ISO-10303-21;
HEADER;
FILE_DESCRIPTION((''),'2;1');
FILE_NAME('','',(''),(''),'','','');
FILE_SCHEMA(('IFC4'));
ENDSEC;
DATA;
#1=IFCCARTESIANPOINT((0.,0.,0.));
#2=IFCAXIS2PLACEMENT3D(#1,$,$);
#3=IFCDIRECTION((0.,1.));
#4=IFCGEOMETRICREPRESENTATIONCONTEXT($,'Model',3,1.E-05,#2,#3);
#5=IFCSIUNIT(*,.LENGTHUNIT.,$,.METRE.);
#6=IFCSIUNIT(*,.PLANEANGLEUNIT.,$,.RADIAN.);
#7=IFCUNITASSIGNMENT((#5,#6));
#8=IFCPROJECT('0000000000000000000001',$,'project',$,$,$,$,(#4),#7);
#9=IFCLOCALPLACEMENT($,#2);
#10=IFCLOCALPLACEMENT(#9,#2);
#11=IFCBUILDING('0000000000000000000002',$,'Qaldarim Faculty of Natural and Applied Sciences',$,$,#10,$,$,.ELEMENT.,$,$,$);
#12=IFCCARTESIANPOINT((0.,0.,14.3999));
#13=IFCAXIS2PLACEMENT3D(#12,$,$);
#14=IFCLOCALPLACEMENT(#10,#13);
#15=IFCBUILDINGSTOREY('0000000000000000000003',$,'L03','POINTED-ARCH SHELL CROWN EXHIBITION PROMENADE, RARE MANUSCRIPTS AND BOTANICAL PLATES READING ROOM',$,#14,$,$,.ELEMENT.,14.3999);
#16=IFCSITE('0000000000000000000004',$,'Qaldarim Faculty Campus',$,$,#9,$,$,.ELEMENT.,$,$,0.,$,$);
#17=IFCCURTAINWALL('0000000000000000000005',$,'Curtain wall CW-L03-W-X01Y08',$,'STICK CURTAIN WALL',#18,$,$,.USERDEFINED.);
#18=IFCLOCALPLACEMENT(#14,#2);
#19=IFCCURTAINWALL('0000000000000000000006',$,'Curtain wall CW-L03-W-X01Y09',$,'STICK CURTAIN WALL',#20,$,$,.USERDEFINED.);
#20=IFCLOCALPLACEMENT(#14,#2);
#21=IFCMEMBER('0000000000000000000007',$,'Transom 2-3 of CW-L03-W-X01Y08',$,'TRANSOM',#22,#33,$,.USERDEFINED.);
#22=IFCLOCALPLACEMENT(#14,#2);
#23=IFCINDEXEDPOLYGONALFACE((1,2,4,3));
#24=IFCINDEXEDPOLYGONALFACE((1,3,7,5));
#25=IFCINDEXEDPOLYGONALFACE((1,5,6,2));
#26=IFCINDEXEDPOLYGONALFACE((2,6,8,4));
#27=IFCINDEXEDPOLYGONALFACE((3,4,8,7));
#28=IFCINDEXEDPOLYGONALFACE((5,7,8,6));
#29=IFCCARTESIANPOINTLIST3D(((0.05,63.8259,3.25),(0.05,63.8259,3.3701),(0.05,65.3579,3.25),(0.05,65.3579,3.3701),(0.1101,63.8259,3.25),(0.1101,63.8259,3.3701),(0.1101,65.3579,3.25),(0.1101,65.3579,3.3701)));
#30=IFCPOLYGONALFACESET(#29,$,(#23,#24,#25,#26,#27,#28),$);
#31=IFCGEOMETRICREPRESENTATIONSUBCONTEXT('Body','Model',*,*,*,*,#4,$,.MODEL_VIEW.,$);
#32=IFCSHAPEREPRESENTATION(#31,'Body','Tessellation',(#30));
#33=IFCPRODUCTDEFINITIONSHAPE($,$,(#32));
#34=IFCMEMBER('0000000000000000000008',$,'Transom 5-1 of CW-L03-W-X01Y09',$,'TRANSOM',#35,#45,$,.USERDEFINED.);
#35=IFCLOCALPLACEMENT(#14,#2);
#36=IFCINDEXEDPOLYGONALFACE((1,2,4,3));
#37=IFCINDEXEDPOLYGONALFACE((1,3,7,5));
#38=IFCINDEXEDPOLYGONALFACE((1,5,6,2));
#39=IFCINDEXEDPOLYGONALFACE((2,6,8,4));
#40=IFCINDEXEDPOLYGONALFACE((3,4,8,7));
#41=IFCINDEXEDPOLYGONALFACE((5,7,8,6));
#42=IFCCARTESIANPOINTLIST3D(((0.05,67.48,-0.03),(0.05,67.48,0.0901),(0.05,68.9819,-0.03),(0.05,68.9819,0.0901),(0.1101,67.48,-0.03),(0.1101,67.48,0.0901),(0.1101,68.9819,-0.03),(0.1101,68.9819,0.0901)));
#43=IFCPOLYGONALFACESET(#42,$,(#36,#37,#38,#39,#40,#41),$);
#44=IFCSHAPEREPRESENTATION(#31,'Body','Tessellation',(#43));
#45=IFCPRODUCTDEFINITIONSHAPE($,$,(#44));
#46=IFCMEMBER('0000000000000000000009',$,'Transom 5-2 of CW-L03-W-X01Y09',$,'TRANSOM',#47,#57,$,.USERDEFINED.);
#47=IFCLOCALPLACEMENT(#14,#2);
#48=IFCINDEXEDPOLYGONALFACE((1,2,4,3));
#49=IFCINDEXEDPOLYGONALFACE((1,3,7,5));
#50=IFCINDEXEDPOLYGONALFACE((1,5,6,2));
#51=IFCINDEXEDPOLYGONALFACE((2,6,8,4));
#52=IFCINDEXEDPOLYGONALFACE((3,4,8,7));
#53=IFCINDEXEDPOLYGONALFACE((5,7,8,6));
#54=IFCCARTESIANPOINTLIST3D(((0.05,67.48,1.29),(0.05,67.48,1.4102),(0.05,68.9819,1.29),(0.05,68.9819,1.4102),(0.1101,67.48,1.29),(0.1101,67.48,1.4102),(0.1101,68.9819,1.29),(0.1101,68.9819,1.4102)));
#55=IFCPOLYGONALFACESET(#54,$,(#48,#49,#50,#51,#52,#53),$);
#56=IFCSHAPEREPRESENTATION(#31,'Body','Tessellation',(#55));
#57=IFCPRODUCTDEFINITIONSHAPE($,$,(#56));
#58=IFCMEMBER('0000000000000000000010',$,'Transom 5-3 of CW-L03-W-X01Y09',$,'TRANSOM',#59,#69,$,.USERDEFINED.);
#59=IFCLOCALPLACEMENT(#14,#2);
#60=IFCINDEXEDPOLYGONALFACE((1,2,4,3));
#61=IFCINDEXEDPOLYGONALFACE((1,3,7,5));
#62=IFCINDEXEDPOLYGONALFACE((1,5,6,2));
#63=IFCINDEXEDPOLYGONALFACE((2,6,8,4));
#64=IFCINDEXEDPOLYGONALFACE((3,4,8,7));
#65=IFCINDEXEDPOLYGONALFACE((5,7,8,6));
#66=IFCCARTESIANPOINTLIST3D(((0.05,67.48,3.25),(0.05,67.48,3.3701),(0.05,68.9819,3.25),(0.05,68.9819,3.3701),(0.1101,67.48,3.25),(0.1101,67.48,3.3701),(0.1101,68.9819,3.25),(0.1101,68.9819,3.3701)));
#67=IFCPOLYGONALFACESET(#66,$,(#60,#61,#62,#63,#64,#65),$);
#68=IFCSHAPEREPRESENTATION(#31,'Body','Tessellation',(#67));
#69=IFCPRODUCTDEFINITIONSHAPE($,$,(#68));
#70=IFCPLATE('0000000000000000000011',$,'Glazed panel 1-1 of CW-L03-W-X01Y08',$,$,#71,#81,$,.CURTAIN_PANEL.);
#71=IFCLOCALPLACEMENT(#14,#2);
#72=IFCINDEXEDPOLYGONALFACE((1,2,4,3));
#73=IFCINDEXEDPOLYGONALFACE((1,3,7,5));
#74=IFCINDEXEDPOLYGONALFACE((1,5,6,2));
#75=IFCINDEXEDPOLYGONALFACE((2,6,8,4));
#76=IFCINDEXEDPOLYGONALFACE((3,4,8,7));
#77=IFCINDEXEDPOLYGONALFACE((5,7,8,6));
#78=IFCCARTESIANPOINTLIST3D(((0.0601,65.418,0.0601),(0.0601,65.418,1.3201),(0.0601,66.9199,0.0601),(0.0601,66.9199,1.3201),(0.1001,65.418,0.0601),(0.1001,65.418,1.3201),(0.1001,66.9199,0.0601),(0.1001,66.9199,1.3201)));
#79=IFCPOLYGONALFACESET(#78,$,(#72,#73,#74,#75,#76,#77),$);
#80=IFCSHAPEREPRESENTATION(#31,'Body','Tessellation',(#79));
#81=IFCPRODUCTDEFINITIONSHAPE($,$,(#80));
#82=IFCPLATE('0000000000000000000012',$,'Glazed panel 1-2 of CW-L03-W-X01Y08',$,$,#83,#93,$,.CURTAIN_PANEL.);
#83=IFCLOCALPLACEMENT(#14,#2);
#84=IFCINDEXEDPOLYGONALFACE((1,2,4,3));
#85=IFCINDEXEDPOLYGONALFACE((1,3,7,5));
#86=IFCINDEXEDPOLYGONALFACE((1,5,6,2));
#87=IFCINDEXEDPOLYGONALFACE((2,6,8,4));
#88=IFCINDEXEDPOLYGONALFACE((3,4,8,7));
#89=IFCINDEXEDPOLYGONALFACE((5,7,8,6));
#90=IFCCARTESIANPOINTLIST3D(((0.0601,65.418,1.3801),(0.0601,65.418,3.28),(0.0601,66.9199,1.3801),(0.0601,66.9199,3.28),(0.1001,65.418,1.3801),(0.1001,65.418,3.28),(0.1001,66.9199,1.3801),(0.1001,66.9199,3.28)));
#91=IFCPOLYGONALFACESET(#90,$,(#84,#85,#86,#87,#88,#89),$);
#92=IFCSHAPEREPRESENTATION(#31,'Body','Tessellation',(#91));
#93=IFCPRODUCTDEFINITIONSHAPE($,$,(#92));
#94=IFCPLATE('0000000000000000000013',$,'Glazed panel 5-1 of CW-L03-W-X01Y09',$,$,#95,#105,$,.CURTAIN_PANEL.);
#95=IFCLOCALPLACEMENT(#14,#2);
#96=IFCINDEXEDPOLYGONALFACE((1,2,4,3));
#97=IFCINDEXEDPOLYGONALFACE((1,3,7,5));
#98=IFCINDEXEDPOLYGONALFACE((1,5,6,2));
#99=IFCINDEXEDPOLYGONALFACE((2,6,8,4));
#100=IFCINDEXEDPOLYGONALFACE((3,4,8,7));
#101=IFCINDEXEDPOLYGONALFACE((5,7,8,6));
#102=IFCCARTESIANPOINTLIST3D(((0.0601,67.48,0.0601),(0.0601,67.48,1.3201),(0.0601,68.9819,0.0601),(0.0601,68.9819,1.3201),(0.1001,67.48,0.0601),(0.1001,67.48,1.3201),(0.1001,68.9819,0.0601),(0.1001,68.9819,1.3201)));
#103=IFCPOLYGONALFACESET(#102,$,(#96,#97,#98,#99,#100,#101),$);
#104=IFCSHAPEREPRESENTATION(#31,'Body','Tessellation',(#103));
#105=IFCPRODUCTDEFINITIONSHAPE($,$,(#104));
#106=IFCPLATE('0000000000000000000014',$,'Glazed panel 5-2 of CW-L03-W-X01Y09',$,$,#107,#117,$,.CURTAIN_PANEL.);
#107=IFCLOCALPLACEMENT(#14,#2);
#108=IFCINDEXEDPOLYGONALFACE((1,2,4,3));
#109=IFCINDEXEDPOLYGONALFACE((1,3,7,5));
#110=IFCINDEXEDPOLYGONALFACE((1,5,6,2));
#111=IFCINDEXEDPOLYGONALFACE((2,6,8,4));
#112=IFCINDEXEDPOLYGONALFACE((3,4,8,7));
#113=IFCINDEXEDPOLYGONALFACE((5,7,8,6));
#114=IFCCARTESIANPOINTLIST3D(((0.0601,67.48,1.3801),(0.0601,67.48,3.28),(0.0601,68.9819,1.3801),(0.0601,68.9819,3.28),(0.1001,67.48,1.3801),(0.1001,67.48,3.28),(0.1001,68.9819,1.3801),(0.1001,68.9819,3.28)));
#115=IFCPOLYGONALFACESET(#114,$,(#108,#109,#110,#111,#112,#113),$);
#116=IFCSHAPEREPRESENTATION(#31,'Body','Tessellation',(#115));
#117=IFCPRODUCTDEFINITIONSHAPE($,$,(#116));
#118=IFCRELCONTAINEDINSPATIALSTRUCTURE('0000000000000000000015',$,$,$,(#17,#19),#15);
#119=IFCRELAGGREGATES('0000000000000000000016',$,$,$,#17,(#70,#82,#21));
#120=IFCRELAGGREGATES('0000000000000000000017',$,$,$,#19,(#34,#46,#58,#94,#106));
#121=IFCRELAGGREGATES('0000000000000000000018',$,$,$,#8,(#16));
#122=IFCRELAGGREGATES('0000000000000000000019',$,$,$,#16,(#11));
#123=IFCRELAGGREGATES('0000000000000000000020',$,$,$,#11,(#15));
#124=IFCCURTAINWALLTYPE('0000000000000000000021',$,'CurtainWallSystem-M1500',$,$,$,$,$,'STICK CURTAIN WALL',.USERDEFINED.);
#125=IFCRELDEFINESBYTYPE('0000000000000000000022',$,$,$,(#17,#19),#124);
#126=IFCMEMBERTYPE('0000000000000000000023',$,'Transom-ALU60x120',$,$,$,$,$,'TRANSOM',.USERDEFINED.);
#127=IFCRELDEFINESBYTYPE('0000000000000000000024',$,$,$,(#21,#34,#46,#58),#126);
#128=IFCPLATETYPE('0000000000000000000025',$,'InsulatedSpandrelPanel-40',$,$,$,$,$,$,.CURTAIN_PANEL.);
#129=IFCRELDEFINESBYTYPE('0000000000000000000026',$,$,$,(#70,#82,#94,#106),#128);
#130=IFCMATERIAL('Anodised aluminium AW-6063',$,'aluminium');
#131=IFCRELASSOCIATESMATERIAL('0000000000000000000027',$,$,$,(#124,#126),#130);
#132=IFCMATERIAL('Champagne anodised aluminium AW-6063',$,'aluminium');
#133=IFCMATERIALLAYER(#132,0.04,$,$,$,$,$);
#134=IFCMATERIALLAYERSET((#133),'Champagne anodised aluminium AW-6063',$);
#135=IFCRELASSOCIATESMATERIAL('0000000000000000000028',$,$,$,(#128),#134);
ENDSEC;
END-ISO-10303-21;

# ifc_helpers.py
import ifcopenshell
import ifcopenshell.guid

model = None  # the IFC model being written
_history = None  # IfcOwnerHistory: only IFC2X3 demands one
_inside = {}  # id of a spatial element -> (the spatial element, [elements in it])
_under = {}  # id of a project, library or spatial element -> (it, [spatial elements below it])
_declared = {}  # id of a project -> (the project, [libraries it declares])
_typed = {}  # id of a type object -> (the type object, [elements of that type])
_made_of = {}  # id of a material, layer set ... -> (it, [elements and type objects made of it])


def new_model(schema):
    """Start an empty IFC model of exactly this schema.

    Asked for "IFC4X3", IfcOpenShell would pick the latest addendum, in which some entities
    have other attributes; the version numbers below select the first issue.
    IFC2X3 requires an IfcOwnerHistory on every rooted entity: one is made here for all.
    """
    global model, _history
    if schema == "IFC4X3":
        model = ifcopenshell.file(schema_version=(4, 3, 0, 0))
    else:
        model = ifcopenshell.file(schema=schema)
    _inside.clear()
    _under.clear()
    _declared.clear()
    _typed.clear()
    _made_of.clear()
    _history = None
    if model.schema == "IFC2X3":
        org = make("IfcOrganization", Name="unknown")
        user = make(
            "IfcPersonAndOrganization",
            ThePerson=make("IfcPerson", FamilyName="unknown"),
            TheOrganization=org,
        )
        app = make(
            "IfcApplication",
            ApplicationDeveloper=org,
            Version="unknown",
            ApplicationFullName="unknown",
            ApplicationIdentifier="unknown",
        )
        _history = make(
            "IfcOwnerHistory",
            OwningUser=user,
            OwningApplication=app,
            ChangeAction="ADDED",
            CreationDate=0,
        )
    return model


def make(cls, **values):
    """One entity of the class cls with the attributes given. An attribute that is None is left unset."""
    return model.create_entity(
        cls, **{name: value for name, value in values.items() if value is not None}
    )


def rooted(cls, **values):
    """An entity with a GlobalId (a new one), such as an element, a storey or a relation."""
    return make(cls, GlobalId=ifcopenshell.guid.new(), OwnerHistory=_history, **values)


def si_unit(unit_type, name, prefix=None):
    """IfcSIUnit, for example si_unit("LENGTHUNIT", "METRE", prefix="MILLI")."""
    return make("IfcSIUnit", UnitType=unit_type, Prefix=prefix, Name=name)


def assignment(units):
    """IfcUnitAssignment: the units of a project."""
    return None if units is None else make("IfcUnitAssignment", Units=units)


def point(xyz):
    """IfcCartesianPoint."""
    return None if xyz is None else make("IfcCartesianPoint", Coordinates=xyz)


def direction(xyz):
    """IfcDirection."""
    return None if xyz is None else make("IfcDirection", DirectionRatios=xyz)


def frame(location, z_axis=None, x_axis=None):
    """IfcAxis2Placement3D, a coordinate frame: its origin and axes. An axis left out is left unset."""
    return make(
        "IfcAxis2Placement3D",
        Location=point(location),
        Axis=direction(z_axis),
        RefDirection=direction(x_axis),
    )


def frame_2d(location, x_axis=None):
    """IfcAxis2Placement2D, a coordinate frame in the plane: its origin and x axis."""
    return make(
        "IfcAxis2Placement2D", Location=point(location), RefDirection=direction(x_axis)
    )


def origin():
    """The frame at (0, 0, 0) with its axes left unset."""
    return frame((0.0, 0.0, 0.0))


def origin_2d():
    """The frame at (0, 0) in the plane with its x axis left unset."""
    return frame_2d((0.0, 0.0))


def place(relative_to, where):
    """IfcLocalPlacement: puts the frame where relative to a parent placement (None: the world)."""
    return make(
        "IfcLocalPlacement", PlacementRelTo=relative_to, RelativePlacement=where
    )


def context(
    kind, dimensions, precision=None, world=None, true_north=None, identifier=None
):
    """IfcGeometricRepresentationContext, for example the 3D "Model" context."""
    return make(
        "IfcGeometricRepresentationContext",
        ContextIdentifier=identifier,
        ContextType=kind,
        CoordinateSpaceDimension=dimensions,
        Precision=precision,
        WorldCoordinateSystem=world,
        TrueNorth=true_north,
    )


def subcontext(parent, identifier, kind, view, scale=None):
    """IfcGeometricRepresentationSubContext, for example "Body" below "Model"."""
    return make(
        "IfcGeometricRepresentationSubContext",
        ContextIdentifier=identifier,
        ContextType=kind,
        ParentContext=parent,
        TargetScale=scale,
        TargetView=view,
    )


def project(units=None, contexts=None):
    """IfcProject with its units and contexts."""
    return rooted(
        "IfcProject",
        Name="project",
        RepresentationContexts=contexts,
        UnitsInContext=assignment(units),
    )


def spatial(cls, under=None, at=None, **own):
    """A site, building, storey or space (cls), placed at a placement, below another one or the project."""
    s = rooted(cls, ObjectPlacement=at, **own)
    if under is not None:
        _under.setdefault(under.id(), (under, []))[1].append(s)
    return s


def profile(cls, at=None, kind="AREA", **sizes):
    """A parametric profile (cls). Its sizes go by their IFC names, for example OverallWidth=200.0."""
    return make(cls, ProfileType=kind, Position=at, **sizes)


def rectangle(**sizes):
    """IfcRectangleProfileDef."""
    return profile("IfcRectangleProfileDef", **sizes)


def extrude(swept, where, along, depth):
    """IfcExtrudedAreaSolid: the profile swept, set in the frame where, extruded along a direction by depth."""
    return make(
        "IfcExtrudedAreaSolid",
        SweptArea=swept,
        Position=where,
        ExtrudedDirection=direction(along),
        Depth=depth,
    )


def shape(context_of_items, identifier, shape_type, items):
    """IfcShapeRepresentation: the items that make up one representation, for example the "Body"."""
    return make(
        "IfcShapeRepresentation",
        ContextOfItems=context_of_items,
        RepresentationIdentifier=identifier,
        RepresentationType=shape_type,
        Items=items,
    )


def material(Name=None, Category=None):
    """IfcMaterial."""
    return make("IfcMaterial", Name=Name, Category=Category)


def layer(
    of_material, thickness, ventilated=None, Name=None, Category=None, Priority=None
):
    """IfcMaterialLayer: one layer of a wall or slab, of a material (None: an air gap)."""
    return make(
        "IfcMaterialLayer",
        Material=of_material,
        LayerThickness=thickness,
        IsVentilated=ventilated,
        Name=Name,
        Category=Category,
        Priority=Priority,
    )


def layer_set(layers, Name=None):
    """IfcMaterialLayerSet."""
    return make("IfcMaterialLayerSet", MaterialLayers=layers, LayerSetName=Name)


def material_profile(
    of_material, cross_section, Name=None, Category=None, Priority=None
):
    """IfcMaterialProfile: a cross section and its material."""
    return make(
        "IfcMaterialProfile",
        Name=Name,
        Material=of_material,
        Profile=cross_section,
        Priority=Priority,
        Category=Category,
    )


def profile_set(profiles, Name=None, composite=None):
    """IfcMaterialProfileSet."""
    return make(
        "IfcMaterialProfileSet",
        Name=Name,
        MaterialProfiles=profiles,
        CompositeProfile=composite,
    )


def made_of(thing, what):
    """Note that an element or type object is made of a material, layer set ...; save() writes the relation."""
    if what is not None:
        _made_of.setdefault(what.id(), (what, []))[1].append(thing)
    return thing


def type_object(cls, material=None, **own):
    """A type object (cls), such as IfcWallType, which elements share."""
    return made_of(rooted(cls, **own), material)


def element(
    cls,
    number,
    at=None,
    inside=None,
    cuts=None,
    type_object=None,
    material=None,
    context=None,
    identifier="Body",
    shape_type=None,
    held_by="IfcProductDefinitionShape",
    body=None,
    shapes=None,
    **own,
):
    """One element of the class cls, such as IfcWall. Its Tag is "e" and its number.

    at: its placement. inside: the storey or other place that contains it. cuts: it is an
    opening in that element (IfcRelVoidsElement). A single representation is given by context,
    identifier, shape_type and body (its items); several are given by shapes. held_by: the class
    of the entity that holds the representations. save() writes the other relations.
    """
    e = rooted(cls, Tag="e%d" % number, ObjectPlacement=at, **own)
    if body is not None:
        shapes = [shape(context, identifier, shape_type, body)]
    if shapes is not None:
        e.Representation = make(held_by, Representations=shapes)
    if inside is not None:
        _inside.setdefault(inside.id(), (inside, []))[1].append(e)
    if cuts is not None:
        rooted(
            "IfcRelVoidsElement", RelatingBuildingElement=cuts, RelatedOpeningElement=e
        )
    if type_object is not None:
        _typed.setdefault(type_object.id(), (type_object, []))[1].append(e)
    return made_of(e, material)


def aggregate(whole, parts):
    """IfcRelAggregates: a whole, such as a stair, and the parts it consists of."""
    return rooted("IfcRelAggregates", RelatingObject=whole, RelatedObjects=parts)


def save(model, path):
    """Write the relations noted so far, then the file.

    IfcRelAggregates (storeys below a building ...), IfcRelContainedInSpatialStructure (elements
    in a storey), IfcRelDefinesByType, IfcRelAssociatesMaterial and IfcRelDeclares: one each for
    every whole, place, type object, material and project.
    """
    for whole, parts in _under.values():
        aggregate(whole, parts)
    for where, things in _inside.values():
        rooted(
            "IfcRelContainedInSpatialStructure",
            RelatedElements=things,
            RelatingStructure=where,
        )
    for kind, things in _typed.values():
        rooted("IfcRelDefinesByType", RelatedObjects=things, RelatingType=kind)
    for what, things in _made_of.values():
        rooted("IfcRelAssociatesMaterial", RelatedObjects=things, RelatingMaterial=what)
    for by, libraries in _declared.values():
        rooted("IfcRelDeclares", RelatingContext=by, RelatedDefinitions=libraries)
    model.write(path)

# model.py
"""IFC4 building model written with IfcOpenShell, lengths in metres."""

from ifc_helpers import new_model, si_unit, direction, frame, origin, origin_2d, place, context, subcontext, project, spatial, rectangle, extrude, material, layer, layer_set, material_profile, profile_set, type_object, element, aggregate, save


model = new_model("IFC4")

# Units and contexts
model_context = context("Model", 3, precision=1e-05, world=origin(), true_north=direction((0.0, 1.0)))
body_context = subcontext(model_context, "Body", "Model", "MODEL_VIEW")
ifc_project = project(units=[si_unit("LENGTHUNIT", "METRE"), si_unit("PLANEANGLEUNIT", "RADIAN")], contexts=[model_context])

# Site, building, storey
site_placement = place(None, origin())
site = spatial("IfcSite", under=ifc_project, at=site_placement, Name="Qaldarim Faculty Campus", CompositionType="ELEMENT", RefElevation=0.0)
building_placement = place(site_placement, origin())
building = spatial("IfcBuilding", under=site, at=building_placement, Name="Qaldarim Faculty of Natural and Applied Sciences", CompositionType="ELEMENT")
storey_placement = place(building_placement, frame((0.0, 0.0, 14.3999)))
storey = spatial("IfcBuildingStorey", under=building, at=storey_placement, Name="L03", Description="POINTED-ARCH SHELL CROWN EXHIBITION PROMENADE, RARE MANUSCRIPTS AND BOTANICAL PLATES READING ROOM", CompositionType="ELEMENT", Elevation=14.3999)

# Curtain walls
ifc_material_1 = material(Name="Anodised aluminium AW-6063", Category="aluminium")
curtain_wall_type = type_object("IfcCurtainWallType", Name="CurtainWallSystem-M1500", ElementType="STICK CURTAIN WALL", PredefinedType="USERDEFINED", material=ifc_material_1)
curtain_wall_1_placement = place(storey_placement, origin())
curtain_wall_1 = element("IfcCurtainWall", 1, at=curtain_wall_1_placement, inside=storey, type_object=curtain_wall_type, Name="Curtain wall CW-L03-W-X01Y08", ObjectType="STICK CURTAIN WALL", PredefinedType="USERDEFINED")
curtain_wall_2_placement = place(storey_placement, origin())
curtain_wall_2 = element("IfcCurtainWall", 2, at=curtain_wall_2_placement, inside=storey, type_object=curtain_wall_type, Name="Curtain wall CW-L03-W-X01Y09", ObjectType="STICK CURTAIN WALL", PredefinedType="USERDEFINED")

# Members
ifc_material_profile_1 = material_profile(ifc_material_1, rectangle(XDim=0.0601, YDim=0.1201, at=origin_2d()), Name="ALU-T60x120")
ifc_profile_set_1 = profile_set([ifc_material_profile_1], Name="Anodised aluminium AW-6063")
member_type_1 = type_object("IfcMemberType", Name="Transom-ALU60x120", ElementType="TRANSOM", PredefinedType="USERDEFINED", material=ifc_profile_set_1)
member_1_placement = place(storey_placement, frame((0.0801, 65.3579, 3.3101), z_axis=(0.0, -1.0, 0.0), x_axis=(1.0, 0.0, 0.0)))
member_1 = element("IfcMember", 3, at=member_1_placement, type_object=member_type_1, Name="Transom 2-3 of CW-L03-W-X01Y08", ObjectType="TRANSOM", PredefinedType="USERDEFINED", context=body_context, shape_type="SweptSolid", body=[
    extrude(rectangle(XDim=0.0601, YDim=0.1201, at=origin_2d()), origin(), (0.0, 0.0, 1.0), 1.532),
])
member_2_placement = place(storey_placement, frame((0.0801, 68.9819, 0.03), z_axis=(0.0, -1.0, 0.0), x_axis=(1.0, 0.0, 0.0)))
member_2 = element("IfcMember", 4, at=member_2_placement, type_object=member_type_1, Name="Transom 5-1 of CW-L03-W-X01Y09", ObjectType="TRANSOM", PredefinedType="USERDEFINED", context=body_context, shape_type="SweptSolid", body=[
    extrude(rectangle(XDim=0.0601, YDim=0.1201, at=origin_2d()), origin(), (0.0, 0.0, 1.0), 1.502),
])
member_3_placement = place(storey_placement, frame((0.0801, 68.9819, 1.3501), z_axis=(0.0, -1.0, 0.0), x_axis=(1.0, 0.0, 0.0)))
member_3 = element("IfcMember", 5, at=member_3_placement, type_object=member_type_1, Name="Transom 5-2 of CW-L03-W-X01Y09", ObjectType="TRANSOM", PredefinedType="USERDEFINED", context=body_context, shape_type="SweptSolid", body=[
    extrude(rectangle(XDim=0.0601, YDim=0.1201, at=origin_2d()), origin(), (0.0, 0.0, 1.0), 1.502),
])
member_4_placement = place(storey_placement, frame((0.0801, 68.9819, 3.3101), z_axis=(0.0, -1.0, 0.0), x_axis=(1.0, 0.0, 0.0)))
member_4 = element("IfcMember", 6, at=member_4_placement, type_object=member_type_1, Name="Transom 5-3 of CW-L03-W-X01Y09", ObjectType="TRANSOM", PredefinedType="USERDEFINED", context=body_context, shape_type="SweptSolid", body=[
    extrude(rectangle(XDim=0.0601, YDim=0.1201, at=origin_2d()), origin(), (0.0, 0.0, 1.0), 1.502),
])

# Plates
ifc_material_2 = material(Name="Champagne anodised aluminium AW-6063", Category="aluminium")
ifc_layer = layer(ifc_material_2, 0.04)
ifc_layer_set = layer_set([ifc_layer], Name="Champagne anodised aluminium AW-6063")
plate_type = type_object("IfcPlateType", Name="InsulatedSpandrelPanel-40", PredefinedType="CURTAIN_PANEL", material=ifc_layer_set)
plate_1_placement = place(storey_placement, frame((0.0801, 66.1689, 0.0601), z_axis=(0.0, 0.0, 1.0), x_axis=(0.0, -1.0, 0.0)))
plate_1 = element("IfcPlate", 7, at=plate_1_placement, type_object=plate_type, Name="Glazed panel 1-1 of CW-L03-W-X01Y08", PredefinedType="CURTAIN_PANEL", context=body_context, shape_type="SweptSolid", body=[
    extrude(rectangle(XDim=1.502, YDim=0.04, at=origin_2d()), origin(), (0.0, 0.0, 1.0), 1.26),
])
plate_2_placement = place(storey_placement, frame((0.0801, 66.1689, 1.3801), z_axis=(0.0, 0.0, 1.0), x_axis=(0.0, -1.0, 0.0)))
plate_2 = element("IfcPlate", 8, at=plate_2_placement, type_object=plate_type, Name="Glazed panel 1-2 of CW-L03-W-X01Y08", PredefinedType="CURTAIN_PANEL", context=body_context, shape_type="SweptSolid", body=[
    extrude(rectangle(XDim=1.502, YDim=0.04, at=origin_2d()), origin(), (0.0, 0.0, 1.0), 1.8999),
])
aggregate(curtain_wall_1, [plate_1, plate_2, member_1])
plate_3_placement = place(storey_placement, frame((0.0801, 68.231, 0.0601), z_axis=(0.0, 0.0, 1.0), x_axis=(0.0, -1.0, 0.0)))
plate_3 = element("IfcPlate", 9, at=plate_3_placement, type_object=plate_type, Name="Glazed panel 5-1 of CW-L03-W-X01Y09", PredefinedType="CURTAIN_PANEL", context=body_context, shape_type="SweptSolid", body=[
    extrude(rectangle(XDim=1.502, YDim=0.04, at=origin_2d()), origin(), (0.0, 0.0, 1.0), 1.26),
])
plate_4_placement = place(storey_placement, frame((0.0801, 68.231, 1.3801), z_axis=(0.0, 0.0, 1.0), x_axis=(0.0, -1.0, 0.0)))
plate_4 = element("IfcPlate", 10, at=plate_4_placement, type_object=plate_type, Name="Glazed panel 5-2 of CW-L03-W-X01Y09", PredefinedType="CURTAIN_PANEL", context=body_context, shape_type="SweptSolid", body=[
    extrude(rectangle(XDim=1.502, YDim=0.04, at=origin_2d()), origin(), (0.0, 0.0, 1.0), 1.8999),
])
aggregate(curtain_wall_2, [member_2, member_3, member_4, plate_3, plate_4])

save(model, "model.ifc")
